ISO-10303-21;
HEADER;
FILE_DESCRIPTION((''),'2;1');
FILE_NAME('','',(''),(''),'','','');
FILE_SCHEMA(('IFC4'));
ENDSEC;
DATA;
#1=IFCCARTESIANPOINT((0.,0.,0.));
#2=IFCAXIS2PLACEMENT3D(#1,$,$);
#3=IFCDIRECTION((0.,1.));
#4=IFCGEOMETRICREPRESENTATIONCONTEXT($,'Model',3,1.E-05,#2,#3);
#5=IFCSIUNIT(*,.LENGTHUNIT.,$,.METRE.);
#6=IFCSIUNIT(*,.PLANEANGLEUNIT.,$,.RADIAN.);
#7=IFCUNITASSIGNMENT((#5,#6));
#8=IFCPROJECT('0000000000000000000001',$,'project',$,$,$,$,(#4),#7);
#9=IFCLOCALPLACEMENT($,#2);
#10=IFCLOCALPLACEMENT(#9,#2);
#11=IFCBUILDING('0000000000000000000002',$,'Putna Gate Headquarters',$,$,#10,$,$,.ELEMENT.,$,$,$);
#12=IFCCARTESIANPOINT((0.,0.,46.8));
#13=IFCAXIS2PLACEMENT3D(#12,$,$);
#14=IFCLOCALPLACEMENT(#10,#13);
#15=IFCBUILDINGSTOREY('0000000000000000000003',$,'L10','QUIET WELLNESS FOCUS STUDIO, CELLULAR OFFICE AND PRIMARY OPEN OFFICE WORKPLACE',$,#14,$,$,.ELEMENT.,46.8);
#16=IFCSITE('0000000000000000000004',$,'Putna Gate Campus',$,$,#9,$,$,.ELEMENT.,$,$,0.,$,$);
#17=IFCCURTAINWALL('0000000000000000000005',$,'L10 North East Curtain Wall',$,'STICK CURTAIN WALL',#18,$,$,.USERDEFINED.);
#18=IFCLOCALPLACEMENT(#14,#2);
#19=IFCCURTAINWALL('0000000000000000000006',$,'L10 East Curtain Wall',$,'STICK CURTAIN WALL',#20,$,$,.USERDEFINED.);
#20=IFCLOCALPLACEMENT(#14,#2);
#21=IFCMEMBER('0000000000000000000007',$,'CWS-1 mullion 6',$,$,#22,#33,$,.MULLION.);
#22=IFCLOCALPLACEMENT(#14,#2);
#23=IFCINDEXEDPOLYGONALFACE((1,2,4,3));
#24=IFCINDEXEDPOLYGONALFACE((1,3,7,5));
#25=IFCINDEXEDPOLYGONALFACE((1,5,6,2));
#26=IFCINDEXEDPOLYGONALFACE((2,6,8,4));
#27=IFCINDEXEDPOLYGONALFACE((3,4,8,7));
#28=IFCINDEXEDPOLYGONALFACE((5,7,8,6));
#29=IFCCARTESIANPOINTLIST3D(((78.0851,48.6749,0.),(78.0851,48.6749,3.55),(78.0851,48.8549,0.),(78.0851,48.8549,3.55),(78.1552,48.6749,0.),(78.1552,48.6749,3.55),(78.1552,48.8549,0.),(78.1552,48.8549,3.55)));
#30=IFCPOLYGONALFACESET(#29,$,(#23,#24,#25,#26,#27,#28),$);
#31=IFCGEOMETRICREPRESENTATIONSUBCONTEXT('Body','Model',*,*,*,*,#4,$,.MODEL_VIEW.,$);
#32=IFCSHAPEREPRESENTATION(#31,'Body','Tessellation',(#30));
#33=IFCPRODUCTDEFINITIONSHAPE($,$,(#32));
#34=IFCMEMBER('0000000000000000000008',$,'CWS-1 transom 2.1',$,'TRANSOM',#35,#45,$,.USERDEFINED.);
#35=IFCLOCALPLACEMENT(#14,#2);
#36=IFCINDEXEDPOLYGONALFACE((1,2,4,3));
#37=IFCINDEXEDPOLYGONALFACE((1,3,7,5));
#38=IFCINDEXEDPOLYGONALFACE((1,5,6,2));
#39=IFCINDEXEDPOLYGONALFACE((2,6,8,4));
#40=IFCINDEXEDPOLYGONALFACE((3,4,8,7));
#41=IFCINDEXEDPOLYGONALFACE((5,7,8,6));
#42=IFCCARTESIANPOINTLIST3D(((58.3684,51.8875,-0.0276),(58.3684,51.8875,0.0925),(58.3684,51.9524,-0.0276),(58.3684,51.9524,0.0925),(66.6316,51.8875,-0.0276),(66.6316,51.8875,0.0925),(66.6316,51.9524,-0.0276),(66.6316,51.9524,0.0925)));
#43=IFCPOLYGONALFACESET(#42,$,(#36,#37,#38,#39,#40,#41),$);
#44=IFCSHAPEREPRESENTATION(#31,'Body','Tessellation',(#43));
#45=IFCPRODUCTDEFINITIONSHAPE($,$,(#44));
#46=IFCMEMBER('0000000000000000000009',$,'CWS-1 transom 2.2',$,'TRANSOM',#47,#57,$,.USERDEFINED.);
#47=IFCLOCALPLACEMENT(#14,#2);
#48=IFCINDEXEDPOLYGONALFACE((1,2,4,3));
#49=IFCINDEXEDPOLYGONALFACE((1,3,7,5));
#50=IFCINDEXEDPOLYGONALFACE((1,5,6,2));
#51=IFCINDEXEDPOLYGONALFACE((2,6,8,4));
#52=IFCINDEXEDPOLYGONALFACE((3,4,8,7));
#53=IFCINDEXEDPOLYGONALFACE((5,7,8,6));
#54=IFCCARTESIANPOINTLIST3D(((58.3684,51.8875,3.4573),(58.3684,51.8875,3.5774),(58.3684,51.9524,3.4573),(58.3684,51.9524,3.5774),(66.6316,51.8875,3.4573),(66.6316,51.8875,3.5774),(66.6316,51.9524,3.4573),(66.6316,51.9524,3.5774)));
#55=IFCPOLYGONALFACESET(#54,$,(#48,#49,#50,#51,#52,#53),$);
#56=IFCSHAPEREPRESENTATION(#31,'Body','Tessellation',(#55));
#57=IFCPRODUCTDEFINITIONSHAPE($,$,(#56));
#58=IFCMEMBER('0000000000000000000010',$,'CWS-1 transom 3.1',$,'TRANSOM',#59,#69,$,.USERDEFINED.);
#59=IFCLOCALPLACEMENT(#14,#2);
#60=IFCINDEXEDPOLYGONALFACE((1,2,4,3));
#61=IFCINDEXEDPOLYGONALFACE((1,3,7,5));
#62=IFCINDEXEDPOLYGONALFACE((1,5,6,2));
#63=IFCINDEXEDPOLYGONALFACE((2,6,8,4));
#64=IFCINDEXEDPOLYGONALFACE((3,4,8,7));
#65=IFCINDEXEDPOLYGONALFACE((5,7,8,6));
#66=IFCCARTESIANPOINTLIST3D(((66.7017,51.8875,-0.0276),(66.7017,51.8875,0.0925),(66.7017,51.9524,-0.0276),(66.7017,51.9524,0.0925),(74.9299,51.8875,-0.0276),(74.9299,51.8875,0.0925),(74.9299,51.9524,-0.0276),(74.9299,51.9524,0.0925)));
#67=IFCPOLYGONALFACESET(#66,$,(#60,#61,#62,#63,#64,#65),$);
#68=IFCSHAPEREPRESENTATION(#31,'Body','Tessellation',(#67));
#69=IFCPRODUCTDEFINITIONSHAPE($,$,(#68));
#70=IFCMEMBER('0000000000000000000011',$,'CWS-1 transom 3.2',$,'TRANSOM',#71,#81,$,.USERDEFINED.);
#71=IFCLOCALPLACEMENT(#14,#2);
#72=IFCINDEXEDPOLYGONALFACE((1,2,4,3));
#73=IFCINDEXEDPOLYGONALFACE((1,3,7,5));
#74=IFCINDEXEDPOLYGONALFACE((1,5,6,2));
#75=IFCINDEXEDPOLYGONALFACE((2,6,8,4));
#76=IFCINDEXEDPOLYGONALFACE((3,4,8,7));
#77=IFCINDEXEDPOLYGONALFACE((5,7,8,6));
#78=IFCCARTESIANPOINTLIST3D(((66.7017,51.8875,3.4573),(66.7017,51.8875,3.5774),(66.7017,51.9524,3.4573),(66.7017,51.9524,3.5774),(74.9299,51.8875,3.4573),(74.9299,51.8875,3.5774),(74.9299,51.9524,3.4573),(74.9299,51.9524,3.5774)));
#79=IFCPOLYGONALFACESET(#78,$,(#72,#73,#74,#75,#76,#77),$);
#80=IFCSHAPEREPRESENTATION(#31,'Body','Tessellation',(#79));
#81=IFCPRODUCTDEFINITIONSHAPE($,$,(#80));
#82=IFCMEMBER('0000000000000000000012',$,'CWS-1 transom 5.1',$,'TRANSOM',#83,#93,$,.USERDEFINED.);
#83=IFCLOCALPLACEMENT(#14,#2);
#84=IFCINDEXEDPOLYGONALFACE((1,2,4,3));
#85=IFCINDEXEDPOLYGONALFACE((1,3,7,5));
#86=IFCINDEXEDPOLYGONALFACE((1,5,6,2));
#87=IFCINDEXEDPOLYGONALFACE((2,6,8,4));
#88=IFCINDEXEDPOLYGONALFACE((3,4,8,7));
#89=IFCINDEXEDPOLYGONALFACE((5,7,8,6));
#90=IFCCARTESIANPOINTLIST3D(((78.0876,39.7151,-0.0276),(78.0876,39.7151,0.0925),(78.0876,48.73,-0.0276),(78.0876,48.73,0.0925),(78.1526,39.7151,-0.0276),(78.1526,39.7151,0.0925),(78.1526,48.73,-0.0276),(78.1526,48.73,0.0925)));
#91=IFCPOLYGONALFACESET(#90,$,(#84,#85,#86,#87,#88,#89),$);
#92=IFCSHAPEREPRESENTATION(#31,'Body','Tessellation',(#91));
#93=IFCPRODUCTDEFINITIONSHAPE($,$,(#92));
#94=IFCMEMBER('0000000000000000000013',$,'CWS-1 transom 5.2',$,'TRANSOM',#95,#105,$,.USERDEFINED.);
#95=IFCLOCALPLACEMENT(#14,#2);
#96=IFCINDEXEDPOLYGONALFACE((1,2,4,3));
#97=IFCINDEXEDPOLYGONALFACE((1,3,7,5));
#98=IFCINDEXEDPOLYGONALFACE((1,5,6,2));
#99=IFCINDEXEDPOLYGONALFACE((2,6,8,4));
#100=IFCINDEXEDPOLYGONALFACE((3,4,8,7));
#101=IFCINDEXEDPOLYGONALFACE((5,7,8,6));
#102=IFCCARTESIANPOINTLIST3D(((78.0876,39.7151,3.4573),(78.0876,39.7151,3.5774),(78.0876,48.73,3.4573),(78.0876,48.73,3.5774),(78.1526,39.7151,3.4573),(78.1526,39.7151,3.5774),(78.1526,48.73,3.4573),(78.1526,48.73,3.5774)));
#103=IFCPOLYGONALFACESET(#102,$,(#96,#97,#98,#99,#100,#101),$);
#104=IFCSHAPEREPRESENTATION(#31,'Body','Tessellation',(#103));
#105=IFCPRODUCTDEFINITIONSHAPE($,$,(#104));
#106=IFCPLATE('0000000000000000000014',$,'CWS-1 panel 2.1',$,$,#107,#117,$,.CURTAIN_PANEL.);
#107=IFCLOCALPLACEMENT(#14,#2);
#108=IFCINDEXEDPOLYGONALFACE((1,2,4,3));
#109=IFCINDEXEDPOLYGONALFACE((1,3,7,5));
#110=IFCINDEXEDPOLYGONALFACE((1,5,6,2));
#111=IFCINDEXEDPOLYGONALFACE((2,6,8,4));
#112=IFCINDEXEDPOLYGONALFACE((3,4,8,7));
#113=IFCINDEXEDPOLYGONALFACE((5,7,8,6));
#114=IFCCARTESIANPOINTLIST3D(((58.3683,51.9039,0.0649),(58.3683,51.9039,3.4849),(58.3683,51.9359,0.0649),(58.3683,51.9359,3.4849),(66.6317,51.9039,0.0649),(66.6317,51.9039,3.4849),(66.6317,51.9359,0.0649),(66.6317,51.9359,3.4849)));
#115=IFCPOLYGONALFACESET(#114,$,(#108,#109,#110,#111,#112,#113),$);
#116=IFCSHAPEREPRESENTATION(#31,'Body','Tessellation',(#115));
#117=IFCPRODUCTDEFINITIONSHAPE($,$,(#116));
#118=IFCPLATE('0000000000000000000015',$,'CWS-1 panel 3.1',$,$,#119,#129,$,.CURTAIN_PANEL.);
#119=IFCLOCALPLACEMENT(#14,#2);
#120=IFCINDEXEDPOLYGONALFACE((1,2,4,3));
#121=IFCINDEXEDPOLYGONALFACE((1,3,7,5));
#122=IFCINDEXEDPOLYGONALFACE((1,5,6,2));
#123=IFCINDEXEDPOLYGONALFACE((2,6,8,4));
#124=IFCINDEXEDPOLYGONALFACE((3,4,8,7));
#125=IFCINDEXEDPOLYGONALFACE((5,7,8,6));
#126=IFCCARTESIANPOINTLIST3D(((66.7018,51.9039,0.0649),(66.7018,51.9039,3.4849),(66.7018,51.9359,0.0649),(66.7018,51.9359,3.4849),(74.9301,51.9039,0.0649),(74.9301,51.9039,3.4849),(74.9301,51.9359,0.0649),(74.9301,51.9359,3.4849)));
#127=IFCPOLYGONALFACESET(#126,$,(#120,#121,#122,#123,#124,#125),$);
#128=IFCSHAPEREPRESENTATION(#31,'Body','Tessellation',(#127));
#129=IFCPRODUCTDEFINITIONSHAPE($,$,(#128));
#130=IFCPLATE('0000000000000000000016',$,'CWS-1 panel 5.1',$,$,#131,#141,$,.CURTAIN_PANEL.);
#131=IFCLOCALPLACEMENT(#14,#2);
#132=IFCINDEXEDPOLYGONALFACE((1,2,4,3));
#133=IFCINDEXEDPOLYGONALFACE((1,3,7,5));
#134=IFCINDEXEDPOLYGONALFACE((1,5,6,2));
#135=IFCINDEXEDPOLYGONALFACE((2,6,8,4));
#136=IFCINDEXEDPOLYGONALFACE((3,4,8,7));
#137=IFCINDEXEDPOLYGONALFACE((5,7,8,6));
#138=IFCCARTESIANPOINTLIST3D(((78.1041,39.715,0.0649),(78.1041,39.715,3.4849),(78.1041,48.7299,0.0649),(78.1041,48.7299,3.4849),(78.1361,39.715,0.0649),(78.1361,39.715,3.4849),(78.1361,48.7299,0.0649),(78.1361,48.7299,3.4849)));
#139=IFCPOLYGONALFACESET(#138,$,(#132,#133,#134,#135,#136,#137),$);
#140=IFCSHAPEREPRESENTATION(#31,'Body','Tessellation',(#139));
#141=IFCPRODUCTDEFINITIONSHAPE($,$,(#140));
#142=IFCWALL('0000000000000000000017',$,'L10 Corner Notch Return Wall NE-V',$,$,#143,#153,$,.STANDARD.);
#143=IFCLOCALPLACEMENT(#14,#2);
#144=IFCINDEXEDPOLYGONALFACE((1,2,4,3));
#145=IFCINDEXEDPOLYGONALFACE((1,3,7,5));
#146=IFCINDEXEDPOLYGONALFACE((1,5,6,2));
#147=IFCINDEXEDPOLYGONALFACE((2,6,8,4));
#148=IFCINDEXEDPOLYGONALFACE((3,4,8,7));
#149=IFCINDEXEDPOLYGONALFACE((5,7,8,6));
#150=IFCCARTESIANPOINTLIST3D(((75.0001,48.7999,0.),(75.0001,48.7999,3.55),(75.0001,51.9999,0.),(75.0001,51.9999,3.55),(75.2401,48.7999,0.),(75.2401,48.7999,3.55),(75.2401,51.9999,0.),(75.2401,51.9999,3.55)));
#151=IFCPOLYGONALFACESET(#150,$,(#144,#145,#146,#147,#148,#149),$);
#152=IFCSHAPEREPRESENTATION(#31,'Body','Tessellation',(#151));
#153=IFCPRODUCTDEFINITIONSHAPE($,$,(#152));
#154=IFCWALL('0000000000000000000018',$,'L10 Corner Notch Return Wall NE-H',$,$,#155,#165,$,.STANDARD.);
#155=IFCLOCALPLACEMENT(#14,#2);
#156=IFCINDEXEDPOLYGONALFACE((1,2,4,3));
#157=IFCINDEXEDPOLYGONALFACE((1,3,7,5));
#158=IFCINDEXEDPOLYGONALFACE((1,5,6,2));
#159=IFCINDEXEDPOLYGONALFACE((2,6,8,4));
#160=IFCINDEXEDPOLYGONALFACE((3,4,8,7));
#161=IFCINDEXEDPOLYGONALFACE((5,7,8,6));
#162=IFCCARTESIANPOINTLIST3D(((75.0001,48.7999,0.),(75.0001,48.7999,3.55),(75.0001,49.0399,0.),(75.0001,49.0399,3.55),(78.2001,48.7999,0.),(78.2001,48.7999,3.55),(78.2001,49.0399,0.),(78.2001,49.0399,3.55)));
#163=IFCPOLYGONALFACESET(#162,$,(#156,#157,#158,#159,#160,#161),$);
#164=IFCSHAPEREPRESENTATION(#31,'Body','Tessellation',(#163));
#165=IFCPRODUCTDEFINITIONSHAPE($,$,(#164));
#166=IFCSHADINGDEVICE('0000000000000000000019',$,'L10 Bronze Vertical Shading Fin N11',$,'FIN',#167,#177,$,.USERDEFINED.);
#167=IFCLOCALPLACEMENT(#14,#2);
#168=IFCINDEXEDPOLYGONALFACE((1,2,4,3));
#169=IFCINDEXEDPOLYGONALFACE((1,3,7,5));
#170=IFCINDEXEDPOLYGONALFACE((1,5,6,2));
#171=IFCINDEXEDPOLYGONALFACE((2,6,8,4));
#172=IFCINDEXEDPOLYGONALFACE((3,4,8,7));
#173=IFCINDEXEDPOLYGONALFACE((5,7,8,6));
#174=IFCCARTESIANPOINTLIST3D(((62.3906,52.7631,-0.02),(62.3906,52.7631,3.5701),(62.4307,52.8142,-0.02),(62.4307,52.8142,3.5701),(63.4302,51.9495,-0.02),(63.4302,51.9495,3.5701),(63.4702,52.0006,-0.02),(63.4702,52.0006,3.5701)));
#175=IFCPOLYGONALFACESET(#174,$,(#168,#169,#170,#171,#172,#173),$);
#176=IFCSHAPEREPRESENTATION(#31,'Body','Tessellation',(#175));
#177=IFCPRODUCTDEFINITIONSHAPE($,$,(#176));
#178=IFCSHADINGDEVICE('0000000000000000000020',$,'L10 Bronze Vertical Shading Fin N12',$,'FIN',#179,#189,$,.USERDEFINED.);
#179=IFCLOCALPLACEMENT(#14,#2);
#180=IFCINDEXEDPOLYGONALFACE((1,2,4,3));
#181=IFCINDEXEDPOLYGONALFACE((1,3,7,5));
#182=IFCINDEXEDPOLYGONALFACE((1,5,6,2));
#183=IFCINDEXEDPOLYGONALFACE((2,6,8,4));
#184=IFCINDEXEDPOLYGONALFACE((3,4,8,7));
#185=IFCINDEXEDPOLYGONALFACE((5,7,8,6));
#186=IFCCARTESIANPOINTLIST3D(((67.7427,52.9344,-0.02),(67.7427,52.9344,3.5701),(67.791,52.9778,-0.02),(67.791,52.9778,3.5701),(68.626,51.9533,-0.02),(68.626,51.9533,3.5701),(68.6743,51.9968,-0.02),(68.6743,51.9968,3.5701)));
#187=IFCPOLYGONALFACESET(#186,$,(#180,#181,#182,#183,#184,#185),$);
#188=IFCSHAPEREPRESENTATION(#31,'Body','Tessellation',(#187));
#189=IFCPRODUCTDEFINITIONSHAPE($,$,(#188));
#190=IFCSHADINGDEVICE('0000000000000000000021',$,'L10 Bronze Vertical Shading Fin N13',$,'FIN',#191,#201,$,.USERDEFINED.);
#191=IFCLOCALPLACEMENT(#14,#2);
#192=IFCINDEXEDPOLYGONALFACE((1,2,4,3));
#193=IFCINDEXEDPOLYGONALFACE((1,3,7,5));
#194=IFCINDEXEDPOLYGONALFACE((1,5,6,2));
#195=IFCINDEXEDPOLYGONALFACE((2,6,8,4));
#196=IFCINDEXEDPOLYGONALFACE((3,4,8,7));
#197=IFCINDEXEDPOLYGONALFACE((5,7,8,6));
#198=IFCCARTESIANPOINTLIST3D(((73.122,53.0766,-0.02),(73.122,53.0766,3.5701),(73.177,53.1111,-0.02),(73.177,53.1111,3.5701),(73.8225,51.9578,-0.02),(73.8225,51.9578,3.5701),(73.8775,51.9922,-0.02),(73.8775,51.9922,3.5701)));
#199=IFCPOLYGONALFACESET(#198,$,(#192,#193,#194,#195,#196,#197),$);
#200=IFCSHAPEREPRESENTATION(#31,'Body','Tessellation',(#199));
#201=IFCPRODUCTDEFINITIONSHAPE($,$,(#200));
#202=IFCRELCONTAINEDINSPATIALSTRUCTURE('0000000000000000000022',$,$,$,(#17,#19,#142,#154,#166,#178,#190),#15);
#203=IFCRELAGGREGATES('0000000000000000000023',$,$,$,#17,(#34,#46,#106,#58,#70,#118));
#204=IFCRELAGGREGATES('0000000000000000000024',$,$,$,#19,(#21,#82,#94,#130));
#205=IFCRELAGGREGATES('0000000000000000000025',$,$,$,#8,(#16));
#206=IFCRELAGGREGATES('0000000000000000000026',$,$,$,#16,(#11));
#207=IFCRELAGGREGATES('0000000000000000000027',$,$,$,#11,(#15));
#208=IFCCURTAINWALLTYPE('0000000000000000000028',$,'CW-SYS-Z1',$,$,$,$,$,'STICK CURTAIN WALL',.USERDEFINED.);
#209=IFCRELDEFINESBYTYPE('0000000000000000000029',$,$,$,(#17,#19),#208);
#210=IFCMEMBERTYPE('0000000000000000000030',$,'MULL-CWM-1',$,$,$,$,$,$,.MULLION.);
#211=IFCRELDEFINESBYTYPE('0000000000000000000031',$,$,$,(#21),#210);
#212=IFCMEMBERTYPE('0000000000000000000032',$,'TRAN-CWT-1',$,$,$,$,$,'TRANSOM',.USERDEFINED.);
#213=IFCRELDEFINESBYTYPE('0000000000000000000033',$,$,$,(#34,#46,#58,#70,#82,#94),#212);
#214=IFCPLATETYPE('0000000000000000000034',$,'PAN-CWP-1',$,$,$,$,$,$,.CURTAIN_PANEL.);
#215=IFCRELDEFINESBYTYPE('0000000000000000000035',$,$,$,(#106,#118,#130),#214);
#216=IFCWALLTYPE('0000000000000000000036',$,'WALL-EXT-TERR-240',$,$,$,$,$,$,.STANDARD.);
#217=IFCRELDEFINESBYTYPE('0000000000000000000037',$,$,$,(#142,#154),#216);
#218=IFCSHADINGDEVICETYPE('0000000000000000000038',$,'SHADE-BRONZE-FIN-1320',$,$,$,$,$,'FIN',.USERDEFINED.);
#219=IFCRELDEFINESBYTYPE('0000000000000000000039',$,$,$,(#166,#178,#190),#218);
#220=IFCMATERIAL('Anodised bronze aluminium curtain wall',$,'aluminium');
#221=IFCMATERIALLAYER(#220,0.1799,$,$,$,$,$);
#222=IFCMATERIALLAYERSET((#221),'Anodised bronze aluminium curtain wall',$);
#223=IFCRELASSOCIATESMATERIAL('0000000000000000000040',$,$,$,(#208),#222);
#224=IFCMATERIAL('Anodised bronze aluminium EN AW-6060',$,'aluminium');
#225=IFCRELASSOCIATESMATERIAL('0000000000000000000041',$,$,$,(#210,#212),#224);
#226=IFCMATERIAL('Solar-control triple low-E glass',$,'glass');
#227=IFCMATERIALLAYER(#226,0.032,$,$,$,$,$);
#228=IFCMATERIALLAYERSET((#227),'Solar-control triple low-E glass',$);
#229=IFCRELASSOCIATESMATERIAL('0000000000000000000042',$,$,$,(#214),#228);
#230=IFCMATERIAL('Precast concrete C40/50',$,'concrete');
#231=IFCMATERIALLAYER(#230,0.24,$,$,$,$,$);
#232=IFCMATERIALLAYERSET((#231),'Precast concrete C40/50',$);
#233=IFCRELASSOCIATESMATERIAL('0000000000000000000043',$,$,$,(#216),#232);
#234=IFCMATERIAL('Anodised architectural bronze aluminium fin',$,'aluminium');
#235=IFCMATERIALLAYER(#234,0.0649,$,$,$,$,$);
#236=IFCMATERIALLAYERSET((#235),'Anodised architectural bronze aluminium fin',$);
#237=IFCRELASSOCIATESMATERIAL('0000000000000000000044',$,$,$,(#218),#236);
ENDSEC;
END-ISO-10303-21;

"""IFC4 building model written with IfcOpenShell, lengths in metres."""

from ifc_helpers import new_model, si_unit, direction, frame, frame_2d, origin, origin_2d, place, context, subcontext, project, spatial, rectangle, extrude, material, layer, layer_set, material_profile, profile_set, type_object, element, aggregate, save


model = new_model("IFC4")

# Units and contexts
model_context = context("Model", 3, precision=1e-05, world=origin(), true_north=direction((0.0, 1.0)))
body_context = subcontext(model_context, "Body", "Model", "MODEL_VIEW")
ifc_project = project(units=[si_unit("LENGTHUNIT", "METRE"), si_unit("PLANEANGLEUNIT", "RADIAN")], contexts=[model_context])

# Site, building, storey
site_placement = place(None, origin())
site = spatial("IfcSite", under=ifc_project, at=site_placement, Name="Putna Gate Campus", CompositionType="ELEMENT", RefElevation=0.0)
building_placement = place(site_placement, origin())
building = spatial("IfcBuilding", under=site, at=building_placement, Name="Putna Gate Headquarters", CompositionType="ELEMENT")
storey_placement = place(building_placement, frame((0.0, 0.0, 46.8)))
storey = spatial("IfcBuildingStorey", under=building, at=storey_placement, Name="L10", Description="QUIET WELLNESS FOCUS STUDIO, CELLULAR OFFICE AND PRIMARY OPEN OFFICE WORKPLACE", CompositionType="ELEMENT", Elevation=46.8)

# Curtain wall
ifc_material_1 = material(Name="Anodised bronze aluminium curtain wall", Category="aluminium")
ifc_layer_1 = layer(ifc_material_1, 0.1799)
ifc_layer_set_1 = layer_set([ifc_layer_1], Name="Anodised bronze aluminium curtain wall")
curtain_wall_type = type_object("IfcCurtainWallType", Name="CW-SYS-Z1", ElementType="STICK CURTAIN WALL", PredefinedType="USERDEFINED", material=ifc_layer_set_1)
curtain_wall_1_placement = place(storey_placement, origin())
curtain_wall_1 = element("IfcCurtainWall", 1, at=curtain_wall_1_placement, inside=storey, type_object=curtain_wall_type, Name="L10 North East Curtain Wall", ObjectType="STICK CURTAIN WALL", PredefinedType="USERDEFINED")
ifc_material_2 = material(Name="Anodised bronze aluminium EN AW-6060", Category="aluminium")
ifc_material_profile_1 = material_profile(ifc_material_2, rectangle(XDim=0.0701, YDim=0.1799, at=origin_2d()), Name="Anodised bronze aluminium EN AW-6060")
ifc_profile_set_1 = profile_set([ifc_material_profile_1], Name="Anodised bronze aluminium EN AW-6060")
member_type_1 = type_object("IfcMemberType", Name="MULL-CWM-1", PredefinedType="MULLION", material=ifc_profile_set_1)

# Curtain wall, member
curtain_wall_2_placement = place(storey_placement, origin())
curtain_wall_2 = element("IfcCurtainWall", 2, at=curtain_wall_2_placement, inside=storey, type_object=curtain_wall_type, Name="L10 East Curtain Wall", ObjectType="STICK CURTAIN WALL", PredefinedType="USERDEFINED")
member_1_placement = place(storey_placement, frame((78.1201, 48.7649, 0.0), z_axis=(0.0, 0.0, 1.0), x_axis=(-1.0, 0.0, 0.0)))
member_1 = element("IfcMember", 3, at=member_1_placement, type_object=member_type_1, Name="CWS-1 mullion 6", PredefinedType="MULLION", context=body_context, shape_type="SweptSolid", body=[
    extrude(rectangle(XDim=0.0701, YDim=0.1799, at=origin_2d()), origin(), (0.0, 0.0, 1.0), 3.55),
])

# Members
ifc_material_profile_2 = material_profile(ifc_material_2, rectangle(XDim=0.0649, YDim=0.1201, at=origin_2d()), Name="Anodised bronze aluminium EN AW-6060")
ifc_profile_set_2 = profile_set([ifc_material_profile_2], Name="Anodised bronze aluminium EN AW-6060")
member_type_2 = type_object("IfcMemberType", Name="TRAN-CWT-1", ElementType="TRANSOM", PredefinedType="USERDEFINED", material=ifc_profile_set_2)
member_2_placement = place(storey_placement, frame((58.3684, 51.9199, 0.0325), z_axis=(1.0, 0.0, 0.0), x_axis=(0.0, 1.0, 0.0)))
member_2 = element("IfcMember", 4, at=member_2_placement, type_object=member_type_2, Name="CWS-1 transom 2.1", ObjectType="TRANSOM", PredefinedType="USERDEFINED", context=body_context, shape_type="SweptSolid", body=[
    extrude(rectangle(XDim=0.0649, YDim=0.1201, at=origin_2d()), origin(), (0.0, 0.0, 1.0), 8.2632),
])
member_3_placement = place(storey_placement, frame((58.3684, 51.9199, 3.5173), z_axis=(1.0, 0.0, 0.0), x_axis=(0.0, 1.0, 0.0)))
member_3 = element("IfcMember", 5, at=member_3_placement, type_object=member_type_2, Name="CWS-1 transom 2.2", ObjectType="TRANSOM", PredefinedType="USERDEFINED", context=body_context, shape_type="SweptSolid", body=[
    extrude(rectangle(XDim=0.0649, YDim=0.1201, at=origin_2d()), origin(), (0.0, 0.0, 1.0), 8.2632),
])
member_4_placement = place(storey_placement, frame((66.7017, 51.9199, 0.0325), z_axis=(1.0, 0.0, 0.0), x_axis=(0.0, 1.0, 0.0)))
member_4 = element("IfcMember", 6, at=member_4_placement, type_object=member_type_2, Name="CWS-1 transom 3.1", ObjectType="TRANSOM", PredefinedType="USERDEFINED", context=body_context, shape_type="SweptSolid", body=[
    extrude(rectangle(XDim=0.0649, YDim=0.1201, at=origin_2d()), origin(), (0.0, 0.0, 1.0), 8.2283),
])
member_5_placement = place(storey_placement, frame((66.7017, 51.9199, 3.5173), z_axis=(1.0, 0.0, 0.0), x_axis=(0.0, 1.0, 0.0)))
member_5 = element("IfcMember", 7, at=member_5_placement, type_object=member_type_2, Name="CWS-1 transom 3.2", ObjectType="TRANSOM", PredefinedType="USERDEFINED", context=body_context, shape_type="SweptSolid", body=[
    extrude(rectangle(XDim=0.0649, YDim=0.1201, at=origin_2d()), origin(), (0.0, 0.0, 1.0), 8.2283),
])
member_6_placement = place(storey_placement, frame((78.1201, 39.7151, 0.0325), z_axis=(0.0, 1.0, 0.0), x_axis=(-1.0, 0.0, 0.0)))
member_6 = element("IfcMember", 8, at=member_6_placement, type_object=member_type_2, Name="CWS-1 transom 5.1", ObjectType="TRANSOM", PredefinedType="USERDEFINED", context=body_context, shape_type="SweptSolid", body=[
    extrude(rectangle(XDim=0.0649, YDim=0.1201, at=origin_2d()), origin(), (0.0, 0.0, 1.0), 9.0149),
])
member_7_placement = place(storey_placement, frame((78.1201, 39.7151, 3.5173), z_axis=(0.0, 1.0, 0.0), x_axis=(-1.0, 0.0, 0.0)))
member_7 = element("IfcMember", 9, at=member_7_placement, type_object=member_type_2, Name="CWS-1 transom 5.2", ObjectType="TRANSOM", PredefinedType="USERDEFINED", context=body_context, shape_type="SweptSolid", body=[
    extrude(rectangle(XDim=0.0649, YDim=0.1201, at=origin_2d()), origin(), (0.0, 0.0, 1.0), 9.0149),
])

# Plates
ifc_material_3 = material(Name="Solar-control triple low-E glass", Category="glass")
ifc_layer_2 = layer(ifc_material_3, 0.032)
ifc_layer_set_2 = layer_set([ifc_layer_2], Name="Solar-control triple low-E glass")
plate_type = type_object("IfcPlateType", Name="PAN-CWP-1", PredefinedType="CURTAIN_PANEL", material=ifc_layer_set_2)
plate_1_placement = place(storey_placement, frame((62.5, 51.9199, 0.0649), z_axis=(0.0, 0.0, 1.0), x_axis=(1.0, 0.0, 0.0)))
plate_1 = element("IfcPlate", 10, at=plate_1_placement, type_object=plate_type, Name="CWS-1 panel 2.1", PredefinedType="CURTAIN_PANEL", context=body_context, shape_type="SweptSolid", body=[
    extrude(rectangle(XDim=8.2634, YDim=0.032, at=origin_2d()), origin(), (0.0, 0.0, 1.0), 3.4199),
])
plate_2_placement = place(storey_placement, frame((70.8159, 51.9199, 0.0649), z_axis=(0.0, 0.0, 1.0), x_axis=(1.0, 0.0, 0.0)))
plate_2 = element("IfcPlate", 11, at=plate_2_placement, type_object=plate_type, Name="CWS-1 panel 3.1", PredefinedType="CURTAIN_PANEL", context=body_context, shape_type="SweptSolid", body=[
    extrude(rectangle(XDim=8.2283, YDim=0.032, at=origin_2d()), origin(), (0.0, 0.0, 1.0), 3.4199),
])
aggregate(curtain_wall_1, [member_2, member_3, plate_1, member_4, member_5, plate_2])
plate_3_placement = place(storey_placement, frame((78.1201, 44.2224, 0.0649), z_axis=(0.0, 0.0, 1.0), x_axis=(0.0, 1.0, 0.0)))
plate_3 = element("IfcPlate", 12, at=plate_3_placement, type_object=plate_type, Name="CWS-1 panel 5.1", PredefinedType="CURTAIN_PANEL", context=body_context, shape_type="SweptSolid", body=[
    extrude(rectangle(XDim=9.0149, YDim=0.032, at=origin_2d()), origin(), (0.0, 0.0, 1.0), 3.4199),
])
aggregate(curtain_wall_2, [member_1, member_6, member_7, plate_3])

# Walls
ifc_material_4 = material(Name="Precast concrete C40/50", Category="concrete")
ifc_layer_3 = layer(ifc_material_4, 0.24)
ifc_layer_set_3 = layer_set([ifc_layer_3], Name="Precast concrete C40/50")
wall_type = type_object("IfcWallType", Name="WALL-EXT-TERR-240", PredefinedType="STANDARD", material=ifc_layer_set_3)
for number, where, z_axis, x_axis, name in (
    (13, (75.1201, 52.0, 0.0), (0.0, 0.0, 1.0), (0.0, -1.0, 0.0), "L10 Corner Notch Return Wall NE-V"),
    (14, (75.0, 48.9199, 0.0), (0.0, 0.0, 1.0), (1.0, 0.0, 0.0), "L10 Corner Notch Return Wall NE-H"),
):
    element("IfcWall", number, at=place(storey_placement, frame(where, z_axis=z_axis, x_axis=x_axis)), inside=storey, type_object=wall_type, Name=name, PredefinedType="STANDARD", context=body_context, shape_type="SweptSolid", body=[
        extrude(rectangle(XDim=3.2, YDim=0.24, at=frame_2d((1.6001, 0.0))), origin(), (0.0, 0.0, 1.0), 3.55),
    ])

# Shading devices
ifc_material_5 = material(Name="Anodised architectural bronze aluminium fin", Category="aluminium")
ifc_layer_4 = layer(ifc_material_5, 0.0649)
ifc_layer_set_4 = layer_set([ifc_layer_4], Name="Anodised architectural bronze aluminium fin")
shading_device_type = type_object("IfcShadingDeviceType", Name="SHADE-BRONZE-FIN-1320", ElementType="FIN", PredefinedType="USERDEFINED", material=ifc_layer_set_4)
for number, where, z_axis, x_axis, name in (
    (15, (62.9304, 52.3818, -0.02), (0.0, 0.0, 1.0), (-0.787473, 0.616349, 0.0), "L10 Bronze Vertical Shading Fin N11"),
    (16, (68.2085, 52.4656, -0.02), (0.0, 0.0, 1.0), (-0.669131, 0.743145, 0.0), "L10 Bronze Vertical Shading Fin N12"),
    (17, (73.4998, 52.5344, -0.02), (0.0, 0.0, 1.0), (-0.530659, 0.847585, 0.0), "L10 Bronze Vertical Shading Fin N13"),
):
    element("IfcShadingDevice", number, at=place(storey_placement, frame(where, z_axis=z_axis, x_axis=x_axis)), inside=storey, type_object=shading_device_type, Name=name, ObjectType="FIN", PredefinedType="USERDEFINED", context=body_context, shape_type="SweptSolid", body=[
        extrude(rectangle(XDim=1.3201, YDim=0.0649, at=origin_2d()), origin(), (0.0, 0.0, 1.0), 3.5901),
    ])

save(model, "model.ifc")
